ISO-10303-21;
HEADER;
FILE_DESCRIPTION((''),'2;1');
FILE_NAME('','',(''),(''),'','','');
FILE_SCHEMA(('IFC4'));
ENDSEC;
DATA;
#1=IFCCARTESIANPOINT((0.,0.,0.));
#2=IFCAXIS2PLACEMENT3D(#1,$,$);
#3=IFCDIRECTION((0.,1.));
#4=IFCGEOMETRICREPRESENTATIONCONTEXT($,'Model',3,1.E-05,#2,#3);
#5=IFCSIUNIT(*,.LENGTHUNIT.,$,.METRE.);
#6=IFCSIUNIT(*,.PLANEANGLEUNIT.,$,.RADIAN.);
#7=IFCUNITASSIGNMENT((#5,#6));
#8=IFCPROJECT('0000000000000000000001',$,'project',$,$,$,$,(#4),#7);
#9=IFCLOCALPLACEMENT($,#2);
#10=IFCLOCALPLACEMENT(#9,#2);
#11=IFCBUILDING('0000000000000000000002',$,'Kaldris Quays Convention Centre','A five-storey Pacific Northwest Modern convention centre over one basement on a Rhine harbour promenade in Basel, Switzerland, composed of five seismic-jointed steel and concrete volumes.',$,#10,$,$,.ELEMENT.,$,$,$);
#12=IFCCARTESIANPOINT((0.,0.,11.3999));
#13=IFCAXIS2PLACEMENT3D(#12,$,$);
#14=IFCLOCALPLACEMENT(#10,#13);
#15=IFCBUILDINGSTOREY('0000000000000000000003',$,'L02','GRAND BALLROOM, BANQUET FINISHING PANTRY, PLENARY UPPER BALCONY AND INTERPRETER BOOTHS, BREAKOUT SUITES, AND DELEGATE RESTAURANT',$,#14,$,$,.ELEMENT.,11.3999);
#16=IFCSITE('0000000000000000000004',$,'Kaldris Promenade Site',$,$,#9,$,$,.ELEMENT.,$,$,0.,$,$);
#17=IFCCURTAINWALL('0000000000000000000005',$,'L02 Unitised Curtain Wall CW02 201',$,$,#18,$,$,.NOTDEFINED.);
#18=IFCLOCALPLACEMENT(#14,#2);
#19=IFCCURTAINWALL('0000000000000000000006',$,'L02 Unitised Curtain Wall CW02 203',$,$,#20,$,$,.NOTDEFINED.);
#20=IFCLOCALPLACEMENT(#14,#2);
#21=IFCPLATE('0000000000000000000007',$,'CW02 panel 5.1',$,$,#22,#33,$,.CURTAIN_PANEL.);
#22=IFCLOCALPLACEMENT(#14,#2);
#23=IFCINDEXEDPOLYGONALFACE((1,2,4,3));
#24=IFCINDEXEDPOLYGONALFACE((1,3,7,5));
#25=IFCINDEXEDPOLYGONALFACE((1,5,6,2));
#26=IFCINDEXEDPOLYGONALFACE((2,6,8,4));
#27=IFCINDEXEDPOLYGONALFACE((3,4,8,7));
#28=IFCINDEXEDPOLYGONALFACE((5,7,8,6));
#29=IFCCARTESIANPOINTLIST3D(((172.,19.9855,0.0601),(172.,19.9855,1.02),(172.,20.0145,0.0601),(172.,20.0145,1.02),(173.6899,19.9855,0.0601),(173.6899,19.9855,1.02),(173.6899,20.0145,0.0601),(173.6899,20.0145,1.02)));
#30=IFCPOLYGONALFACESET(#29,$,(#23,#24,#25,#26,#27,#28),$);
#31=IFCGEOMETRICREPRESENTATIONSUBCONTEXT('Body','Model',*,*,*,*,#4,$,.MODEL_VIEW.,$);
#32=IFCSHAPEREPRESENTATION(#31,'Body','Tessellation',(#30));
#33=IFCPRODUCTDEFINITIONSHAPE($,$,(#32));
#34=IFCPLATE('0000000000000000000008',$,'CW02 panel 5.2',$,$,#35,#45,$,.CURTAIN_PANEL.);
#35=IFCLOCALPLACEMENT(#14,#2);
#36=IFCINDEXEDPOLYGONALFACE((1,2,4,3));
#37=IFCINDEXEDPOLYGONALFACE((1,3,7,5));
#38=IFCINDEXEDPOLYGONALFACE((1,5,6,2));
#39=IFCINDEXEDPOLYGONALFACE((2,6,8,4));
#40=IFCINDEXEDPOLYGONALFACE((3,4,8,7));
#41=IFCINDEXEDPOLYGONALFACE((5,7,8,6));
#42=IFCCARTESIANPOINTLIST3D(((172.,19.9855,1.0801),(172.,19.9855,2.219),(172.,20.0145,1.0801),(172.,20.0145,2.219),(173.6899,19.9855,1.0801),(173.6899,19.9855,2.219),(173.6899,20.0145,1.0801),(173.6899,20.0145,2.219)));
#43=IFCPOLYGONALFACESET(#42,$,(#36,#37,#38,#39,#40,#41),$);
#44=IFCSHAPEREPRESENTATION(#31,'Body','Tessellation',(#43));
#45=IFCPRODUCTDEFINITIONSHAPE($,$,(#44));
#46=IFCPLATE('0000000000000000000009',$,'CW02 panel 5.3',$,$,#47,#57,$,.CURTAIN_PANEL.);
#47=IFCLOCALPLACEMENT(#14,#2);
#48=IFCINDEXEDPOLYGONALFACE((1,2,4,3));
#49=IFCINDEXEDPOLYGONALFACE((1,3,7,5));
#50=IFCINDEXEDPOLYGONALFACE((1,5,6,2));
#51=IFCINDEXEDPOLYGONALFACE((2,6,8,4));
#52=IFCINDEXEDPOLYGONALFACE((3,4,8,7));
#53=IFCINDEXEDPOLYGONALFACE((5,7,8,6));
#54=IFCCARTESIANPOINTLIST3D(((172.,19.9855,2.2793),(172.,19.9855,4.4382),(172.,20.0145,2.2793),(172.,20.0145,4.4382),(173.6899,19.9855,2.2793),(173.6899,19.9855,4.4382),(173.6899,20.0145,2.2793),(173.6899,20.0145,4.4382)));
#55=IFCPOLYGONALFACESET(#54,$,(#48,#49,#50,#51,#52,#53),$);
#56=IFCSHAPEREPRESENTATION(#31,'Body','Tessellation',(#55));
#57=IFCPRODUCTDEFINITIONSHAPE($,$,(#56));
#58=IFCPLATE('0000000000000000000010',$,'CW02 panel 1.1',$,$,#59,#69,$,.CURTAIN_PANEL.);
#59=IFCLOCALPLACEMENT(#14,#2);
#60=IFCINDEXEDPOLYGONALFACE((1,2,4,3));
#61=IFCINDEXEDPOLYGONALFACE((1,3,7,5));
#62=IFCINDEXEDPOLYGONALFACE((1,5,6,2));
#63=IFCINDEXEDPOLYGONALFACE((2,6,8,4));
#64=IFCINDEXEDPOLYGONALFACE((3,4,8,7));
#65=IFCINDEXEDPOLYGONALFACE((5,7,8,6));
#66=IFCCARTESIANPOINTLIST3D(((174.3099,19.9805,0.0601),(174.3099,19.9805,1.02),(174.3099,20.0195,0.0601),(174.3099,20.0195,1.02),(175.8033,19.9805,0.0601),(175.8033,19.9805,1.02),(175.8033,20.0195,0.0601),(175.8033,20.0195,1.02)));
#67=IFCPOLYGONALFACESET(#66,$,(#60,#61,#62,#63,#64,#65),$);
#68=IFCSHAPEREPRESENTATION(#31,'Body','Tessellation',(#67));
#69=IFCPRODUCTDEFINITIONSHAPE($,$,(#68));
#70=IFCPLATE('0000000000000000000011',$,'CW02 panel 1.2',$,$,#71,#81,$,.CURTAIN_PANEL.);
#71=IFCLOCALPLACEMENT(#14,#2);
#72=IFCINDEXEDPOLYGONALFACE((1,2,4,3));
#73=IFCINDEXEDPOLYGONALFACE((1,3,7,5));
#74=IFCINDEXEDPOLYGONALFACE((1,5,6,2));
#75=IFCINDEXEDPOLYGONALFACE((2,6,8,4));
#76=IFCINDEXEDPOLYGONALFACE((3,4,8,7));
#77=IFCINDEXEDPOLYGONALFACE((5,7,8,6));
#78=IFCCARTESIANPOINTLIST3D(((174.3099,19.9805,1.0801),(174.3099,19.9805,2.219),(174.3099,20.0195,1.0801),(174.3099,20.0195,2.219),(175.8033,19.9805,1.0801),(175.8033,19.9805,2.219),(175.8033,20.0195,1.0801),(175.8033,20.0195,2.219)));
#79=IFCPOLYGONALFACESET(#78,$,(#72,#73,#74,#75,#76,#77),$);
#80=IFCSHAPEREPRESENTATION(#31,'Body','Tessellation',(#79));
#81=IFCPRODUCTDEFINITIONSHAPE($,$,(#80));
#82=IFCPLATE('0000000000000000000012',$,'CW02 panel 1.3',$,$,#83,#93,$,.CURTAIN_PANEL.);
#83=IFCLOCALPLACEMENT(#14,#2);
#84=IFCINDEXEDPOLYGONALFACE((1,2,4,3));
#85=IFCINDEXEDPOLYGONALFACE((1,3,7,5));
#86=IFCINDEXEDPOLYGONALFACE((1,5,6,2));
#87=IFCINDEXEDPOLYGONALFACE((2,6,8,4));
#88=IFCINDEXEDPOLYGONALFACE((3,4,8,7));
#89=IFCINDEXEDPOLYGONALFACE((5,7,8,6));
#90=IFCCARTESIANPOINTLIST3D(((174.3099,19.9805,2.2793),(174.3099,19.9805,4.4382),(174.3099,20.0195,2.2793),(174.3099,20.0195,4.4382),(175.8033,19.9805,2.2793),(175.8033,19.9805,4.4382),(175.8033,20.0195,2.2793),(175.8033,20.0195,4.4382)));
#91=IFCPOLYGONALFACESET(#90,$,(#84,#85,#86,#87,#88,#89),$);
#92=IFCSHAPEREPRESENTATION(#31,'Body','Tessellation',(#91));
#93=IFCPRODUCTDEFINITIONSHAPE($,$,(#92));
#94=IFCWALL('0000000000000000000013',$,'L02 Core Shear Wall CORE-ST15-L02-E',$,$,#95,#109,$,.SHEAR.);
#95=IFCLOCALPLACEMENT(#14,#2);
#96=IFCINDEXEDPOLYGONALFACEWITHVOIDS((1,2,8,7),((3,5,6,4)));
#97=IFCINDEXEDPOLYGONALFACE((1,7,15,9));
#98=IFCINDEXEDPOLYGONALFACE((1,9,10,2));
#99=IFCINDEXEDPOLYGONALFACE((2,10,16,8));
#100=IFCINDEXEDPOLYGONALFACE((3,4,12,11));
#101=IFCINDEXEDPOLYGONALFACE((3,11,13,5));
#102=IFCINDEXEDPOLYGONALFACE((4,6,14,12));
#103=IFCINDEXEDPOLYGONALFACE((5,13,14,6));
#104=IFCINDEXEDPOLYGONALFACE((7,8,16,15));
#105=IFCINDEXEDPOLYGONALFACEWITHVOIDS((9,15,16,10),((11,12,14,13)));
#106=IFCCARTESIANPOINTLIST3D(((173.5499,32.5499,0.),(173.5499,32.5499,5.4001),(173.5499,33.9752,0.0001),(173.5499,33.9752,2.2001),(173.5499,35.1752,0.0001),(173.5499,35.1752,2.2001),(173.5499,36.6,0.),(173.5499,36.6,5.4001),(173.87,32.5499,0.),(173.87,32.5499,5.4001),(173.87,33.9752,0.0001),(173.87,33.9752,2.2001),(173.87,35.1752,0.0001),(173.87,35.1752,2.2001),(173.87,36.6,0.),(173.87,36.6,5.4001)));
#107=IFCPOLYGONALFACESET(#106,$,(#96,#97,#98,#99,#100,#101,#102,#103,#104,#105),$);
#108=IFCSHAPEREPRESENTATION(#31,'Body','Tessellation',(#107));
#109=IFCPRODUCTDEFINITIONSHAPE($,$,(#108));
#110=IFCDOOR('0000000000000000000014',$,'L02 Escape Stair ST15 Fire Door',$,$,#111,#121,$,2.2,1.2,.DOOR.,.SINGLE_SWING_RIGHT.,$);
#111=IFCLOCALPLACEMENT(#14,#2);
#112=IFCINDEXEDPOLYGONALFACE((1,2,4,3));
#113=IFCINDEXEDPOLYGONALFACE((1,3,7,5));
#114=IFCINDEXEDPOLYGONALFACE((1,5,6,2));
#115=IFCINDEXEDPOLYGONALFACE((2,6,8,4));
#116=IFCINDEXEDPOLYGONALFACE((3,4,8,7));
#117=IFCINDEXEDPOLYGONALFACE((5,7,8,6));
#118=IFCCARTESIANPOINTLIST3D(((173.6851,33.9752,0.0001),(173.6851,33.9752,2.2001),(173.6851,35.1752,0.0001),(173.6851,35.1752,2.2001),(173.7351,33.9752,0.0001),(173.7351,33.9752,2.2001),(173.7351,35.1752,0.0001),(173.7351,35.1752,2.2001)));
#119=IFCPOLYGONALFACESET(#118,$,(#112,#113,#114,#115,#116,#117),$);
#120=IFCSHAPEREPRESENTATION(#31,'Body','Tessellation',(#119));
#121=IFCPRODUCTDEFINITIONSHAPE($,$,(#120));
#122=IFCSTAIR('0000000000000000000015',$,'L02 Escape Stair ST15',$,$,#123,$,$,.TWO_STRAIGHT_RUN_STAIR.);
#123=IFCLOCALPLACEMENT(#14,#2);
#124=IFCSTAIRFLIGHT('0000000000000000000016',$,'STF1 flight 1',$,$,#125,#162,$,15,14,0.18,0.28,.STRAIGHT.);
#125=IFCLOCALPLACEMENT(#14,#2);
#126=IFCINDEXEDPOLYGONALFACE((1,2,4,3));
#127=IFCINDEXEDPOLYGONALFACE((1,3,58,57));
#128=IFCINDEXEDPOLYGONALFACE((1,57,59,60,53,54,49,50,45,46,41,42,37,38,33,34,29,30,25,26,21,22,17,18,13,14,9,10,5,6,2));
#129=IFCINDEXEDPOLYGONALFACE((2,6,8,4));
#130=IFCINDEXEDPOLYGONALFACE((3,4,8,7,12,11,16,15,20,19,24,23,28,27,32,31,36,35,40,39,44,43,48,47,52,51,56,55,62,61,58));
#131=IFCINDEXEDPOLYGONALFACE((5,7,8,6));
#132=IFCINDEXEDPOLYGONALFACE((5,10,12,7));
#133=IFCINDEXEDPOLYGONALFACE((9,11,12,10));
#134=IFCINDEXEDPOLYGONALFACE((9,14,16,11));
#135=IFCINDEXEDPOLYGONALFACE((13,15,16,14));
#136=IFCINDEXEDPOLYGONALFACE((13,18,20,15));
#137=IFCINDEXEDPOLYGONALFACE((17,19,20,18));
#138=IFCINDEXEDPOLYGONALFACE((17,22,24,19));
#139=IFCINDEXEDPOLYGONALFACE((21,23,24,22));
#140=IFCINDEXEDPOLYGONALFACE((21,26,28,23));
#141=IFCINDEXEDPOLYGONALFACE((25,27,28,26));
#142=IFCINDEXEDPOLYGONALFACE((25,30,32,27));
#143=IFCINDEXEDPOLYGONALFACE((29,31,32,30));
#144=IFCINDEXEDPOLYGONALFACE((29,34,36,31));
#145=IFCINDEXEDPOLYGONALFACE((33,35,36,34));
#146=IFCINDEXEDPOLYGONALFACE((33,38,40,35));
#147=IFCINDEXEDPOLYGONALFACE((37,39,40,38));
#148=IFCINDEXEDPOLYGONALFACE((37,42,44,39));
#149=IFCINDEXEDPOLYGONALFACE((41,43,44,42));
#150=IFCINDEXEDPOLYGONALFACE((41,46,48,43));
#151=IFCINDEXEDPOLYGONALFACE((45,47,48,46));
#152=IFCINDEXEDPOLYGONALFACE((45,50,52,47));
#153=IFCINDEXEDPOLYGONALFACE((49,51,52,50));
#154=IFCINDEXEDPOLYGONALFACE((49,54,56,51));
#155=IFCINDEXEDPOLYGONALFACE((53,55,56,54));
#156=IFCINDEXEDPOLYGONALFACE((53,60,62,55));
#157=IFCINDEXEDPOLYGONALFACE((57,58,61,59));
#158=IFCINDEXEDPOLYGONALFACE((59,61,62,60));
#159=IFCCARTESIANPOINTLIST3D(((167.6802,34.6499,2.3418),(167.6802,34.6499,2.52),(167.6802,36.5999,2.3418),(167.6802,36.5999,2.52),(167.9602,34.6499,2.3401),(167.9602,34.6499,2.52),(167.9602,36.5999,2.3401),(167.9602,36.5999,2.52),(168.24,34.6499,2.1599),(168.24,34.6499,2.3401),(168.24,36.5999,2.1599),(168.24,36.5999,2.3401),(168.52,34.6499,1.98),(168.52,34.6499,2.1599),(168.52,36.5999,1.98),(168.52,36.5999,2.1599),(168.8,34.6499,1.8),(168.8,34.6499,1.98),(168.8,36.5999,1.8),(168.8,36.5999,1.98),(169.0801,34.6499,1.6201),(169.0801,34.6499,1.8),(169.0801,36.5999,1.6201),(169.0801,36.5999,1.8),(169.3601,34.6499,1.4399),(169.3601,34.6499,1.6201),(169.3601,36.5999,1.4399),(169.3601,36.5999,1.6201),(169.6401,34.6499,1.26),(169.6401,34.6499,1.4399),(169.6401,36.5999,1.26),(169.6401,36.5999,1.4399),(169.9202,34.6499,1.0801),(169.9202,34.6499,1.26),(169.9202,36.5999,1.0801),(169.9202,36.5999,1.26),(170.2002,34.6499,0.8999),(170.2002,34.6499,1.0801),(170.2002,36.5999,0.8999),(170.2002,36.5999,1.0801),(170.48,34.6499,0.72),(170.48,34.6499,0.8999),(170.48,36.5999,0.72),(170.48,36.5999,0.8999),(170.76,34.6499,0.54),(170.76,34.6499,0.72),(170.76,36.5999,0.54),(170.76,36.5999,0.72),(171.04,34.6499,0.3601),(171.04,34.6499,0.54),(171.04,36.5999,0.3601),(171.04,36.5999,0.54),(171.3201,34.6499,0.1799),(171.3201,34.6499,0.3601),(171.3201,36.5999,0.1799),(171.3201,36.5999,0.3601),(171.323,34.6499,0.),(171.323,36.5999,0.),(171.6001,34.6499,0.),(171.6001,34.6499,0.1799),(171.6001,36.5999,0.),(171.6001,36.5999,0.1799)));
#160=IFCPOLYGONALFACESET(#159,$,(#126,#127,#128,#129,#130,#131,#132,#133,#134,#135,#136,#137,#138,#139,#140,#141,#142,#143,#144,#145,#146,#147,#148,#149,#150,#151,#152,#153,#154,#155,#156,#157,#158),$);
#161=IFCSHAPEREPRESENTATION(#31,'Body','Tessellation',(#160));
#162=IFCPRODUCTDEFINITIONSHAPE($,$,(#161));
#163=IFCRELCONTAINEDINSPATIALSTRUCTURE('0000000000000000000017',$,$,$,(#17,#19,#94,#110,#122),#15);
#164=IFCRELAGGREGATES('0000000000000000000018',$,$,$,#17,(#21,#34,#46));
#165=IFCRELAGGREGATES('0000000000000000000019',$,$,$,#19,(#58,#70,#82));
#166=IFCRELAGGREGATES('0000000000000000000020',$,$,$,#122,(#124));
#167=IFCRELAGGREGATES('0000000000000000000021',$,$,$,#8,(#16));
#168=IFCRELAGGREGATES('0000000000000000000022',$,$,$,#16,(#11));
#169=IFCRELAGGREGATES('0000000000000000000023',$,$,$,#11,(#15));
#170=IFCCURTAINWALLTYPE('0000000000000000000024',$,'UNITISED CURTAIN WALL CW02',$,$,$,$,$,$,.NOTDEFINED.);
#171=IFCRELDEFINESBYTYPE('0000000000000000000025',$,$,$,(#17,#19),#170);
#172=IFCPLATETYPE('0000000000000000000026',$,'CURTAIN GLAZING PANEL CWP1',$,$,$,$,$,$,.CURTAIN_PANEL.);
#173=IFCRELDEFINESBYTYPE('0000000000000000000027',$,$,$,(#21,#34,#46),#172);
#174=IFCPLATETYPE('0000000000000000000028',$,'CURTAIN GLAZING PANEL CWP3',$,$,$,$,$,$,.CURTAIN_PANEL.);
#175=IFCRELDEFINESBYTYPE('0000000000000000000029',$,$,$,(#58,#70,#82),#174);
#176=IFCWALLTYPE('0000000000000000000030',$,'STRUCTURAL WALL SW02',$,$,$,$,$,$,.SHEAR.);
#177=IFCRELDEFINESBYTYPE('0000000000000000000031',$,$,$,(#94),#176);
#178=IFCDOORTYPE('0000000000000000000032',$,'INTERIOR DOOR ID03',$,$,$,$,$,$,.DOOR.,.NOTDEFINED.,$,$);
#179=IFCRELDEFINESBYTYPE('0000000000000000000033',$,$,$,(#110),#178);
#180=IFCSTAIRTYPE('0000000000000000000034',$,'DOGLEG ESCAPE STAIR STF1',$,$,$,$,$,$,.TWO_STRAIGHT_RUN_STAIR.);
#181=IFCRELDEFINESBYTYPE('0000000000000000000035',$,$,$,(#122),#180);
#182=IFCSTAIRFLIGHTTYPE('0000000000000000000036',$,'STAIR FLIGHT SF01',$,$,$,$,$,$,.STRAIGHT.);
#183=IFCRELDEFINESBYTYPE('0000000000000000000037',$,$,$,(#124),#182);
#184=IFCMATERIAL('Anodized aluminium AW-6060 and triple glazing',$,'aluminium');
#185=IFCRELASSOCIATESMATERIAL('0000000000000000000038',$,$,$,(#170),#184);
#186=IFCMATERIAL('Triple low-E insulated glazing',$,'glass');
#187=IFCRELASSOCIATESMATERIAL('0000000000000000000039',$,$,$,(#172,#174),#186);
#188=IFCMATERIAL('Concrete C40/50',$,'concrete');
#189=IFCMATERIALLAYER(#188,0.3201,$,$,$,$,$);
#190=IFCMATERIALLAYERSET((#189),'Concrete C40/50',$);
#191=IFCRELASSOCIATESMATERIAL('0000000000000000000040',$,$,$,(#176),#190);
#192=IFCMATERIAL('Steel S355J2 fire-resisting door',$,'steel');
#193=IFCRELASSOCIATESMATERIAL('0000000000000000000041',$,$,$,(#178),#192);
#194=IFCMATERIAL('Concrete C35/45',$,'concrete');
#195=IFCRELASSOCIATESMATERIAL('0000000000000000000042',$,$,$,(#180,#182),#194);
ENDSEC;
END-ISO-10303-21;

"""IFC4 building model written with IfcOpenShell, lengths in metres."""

from ifc_helpers import new_model, si_unit, direction, frame, frame_2d, origin, origin_2d, place, context, subcontext, project, spatial, polyline, rectangle, outline, extrude, material, layer, layer_set, type_object, element, fill, aggregate, save


model = new_model("IFC4")

# Units and contexts
model_context = context("Model", 3, precision=1e-05, world=origin(), true_north=direction((0.0, 1.0)))
body_context = subcontext(model_context, "Body", "Model", "MODEL_VIEW")
ifc_project = project(units=[si_unit("LENGTHUNIT", "METRE"), si_unit("PLANEANGLEUNIT", "RADIAN")], contexts=[model_context])

# Site, building, storey
site_placement = place(None, origin())
site = spatial("IfcSite", under=ifc_project, at=site_placement, Name="Kaldris Promenade Site", CompositionType="ELEMENT", RefElevation=0.0)
building_placement = place(site_placement, origin())
building = spatial("IfcBuilding", under=site, at=building_placement, Name="Kaldris Quays Convention Centre", Description="A five-storey Pacific Northwest Modern convention centre over one basement on a Rhine harbour promenade in Basel, Switzerland, composed of five seismic-jointed steel and concrete volumes.", CompositionType="ELEMENT")
storey_placement = place(building_placement, frame((0.0, 0.0, 11.3999)))
storey = spatial("IfcBuildingStorey", under=building, at=storey_placement, Name="L02", Description="GRAND BALLROOM, BANQUET FINISHING PANTRY, PLENARY UPPER BALCONY AND INTERPRETER BOOTHS, BREAKOUT SUITES, AND DELEGATE RESTAURANT", CompositionType="ELEMENT", Elevation=11.3999)

# Curtain wall
ifc_material_1 = material(Name="Anodized aluminium AW-6060 and triple glazing", Category="aluminium")
curtain_wall_type = type_object("IfcCurtainWallType", Name="UNITISED CURTAIN WALL CW02", PredefinedType="NOTDEFINED", material=ifc_material_1)
curtain_wall_1_placement = place(storey_placement, origin())
curtain_wall_1 = element("IfcCurtainWall", 1, at=curtain_wall_1_placement, inside=storey, type_object=curtain_wall_type, Name="L02 Unitised Curtain Wall CW02 201", PredefinedType="NOTDEFINED")

# Curtain wall
curtain_wall_2_placement = place(storey_placement, origin())
curtain_wall_2 = element("IfcCurtainWall", 2, at=curtain_wall_2_placement, inside=storey, type_object=curtain_wall_type, Name="L02 Unitised Curtain Wall CW02 203", PredefinedType="NOTDEFINED")

# Plates
ifc_material_2 = material(Name="Triple low-E insulated glazing", Category="glass")
plate_type_1 = type_object("IfcPlateType", Name="CURTAIN GLAZING PANEL CWP1", PredefinedType="CURTAIN_PANEL", material=ifc_material_2)
plate_1_placement = place(storey_placement, frame((172.845, 20.0, 0.0601), z_axis=(0.0, 0.0, 1.0), x_axis=(1.0, 0.0, 0.0)))
plate_1 = element("IfcPlate", 3, at=plate_1_placement, type_object=plate_type_1, Name="CW02 panel 5.1", PredefinedType="CURTAIN_PANEL", context=body_context, shape_type="SweptSolid", body=[
    extrude(rectangle(XDim=1.6899, YDim=0.0291, at=origin_2d()), origin(), (0.0, 0.0, 1.0), 0.96),
])
plate_2_placement = place(storey_placement, frame((172.845, 20.0, 1.0801), z_axis=(0.0, 0.0, 1.0), x_axis=(1.0, 0.0, 0.0)))
plate_2 = element("IfcPlate", 4, at=plate_2_placement, type_object=plate_type_1, Name="CW02 panel 5.2", PredefinedType="CURTAIN_PANEL", context=body_context, shape_type="SweptSolid", body=[
    extrude(rectangle(XDim=1.6899, YDim=0.0291, at=origin_2d()), origin(), (0.0, 0.0, 1.0), 1.1389),
])
plate_3_placement = place(storey_placement, frame((172.845, 20.0, 2.2793), z_axis=(0.0, 0.0, 1.0), x_axis=(1.0, 0.0, 0.0)))
plate_3 = element("IfcPlate", 5, at=plate_3_placement, type_object=plate_type_1, Name="CW02 panel 5.3", PredefinedType="CURTAIN_PANEL", context=body_context, shape_type="SweptSolid", body=[
    extrude(rectangle(XDim=1.6899, YDim=0.0291, at=origin_2d()), origin(), (0.0, 0.0, 1.0), 2.1589),
])
aggregate(curtain_wall_1, [plate_1, plate_2, plate_3])
plate_type_2 = type_object("IfcPlateType", Name="CURTAIN GLAZING PANEL CWP3", PredefinedType="CURTAIN_PANEL", material=ifc_material_2)
plate_4_placement = place(storey_placement, frame((175.0566, 20.0, 0.0601), z_axis=(0.0, 0.0, 1.0), x_axis=(1.0, 0.0, 0.0)))
plate_4 = element("IfcPlate", 6, at=plate_4_placement, type_object=plate_type_2, Name="CW02 panel 1.1", PredefinedType="CURTAIN_PANEL", context=body_context, shape_type="SweptSolid", body=[
    extrude(rectangle(XDim=1.4934, YDim=0.0391, at=origin_2d()), origin(), (0.0, 0.0, 1.0), 0.96),
])
plate_5_placement = place(storey_placement, frame((175.0566, 20.0, 1.0801), z_axis=(0.0, 0.0, 1.0), x_axis=(1.0, 0.0, 0.0)))
plate_5 = element("IfcPlate", 7, at=plate_5_placement, type_object=plate_type_2, Name="CW02 panel 1.2", PredefinedType="CURTAIN_PANEL", context=body_context, shape_type="SweptSolid", body=[
    extrude(rectangle(XDim=1.4934, YDim=0.0391, at=origin_2d()), origin(), (0.0, 0.0, 1.0), 1.1389),
])
plate_6_placement = place(storey_placement, frame((175.0566, 20.0, 2.2793), z_axis=(0.0, 0.0, 1.0), x_axis=(1.0, 0.0, 0.0)))
plate_6 = element("IfcPlate", 8, at=plate_6_placement, type_object=plate_type_2, Name="CW02 panel 1.3", PredefinedType="CURTAIN_PANEL", context=body_context, shape_type="SweptSolid", body=[
    extrude(rectangle(XDim=1.4934, YDim=0.0391, at=origin_2d()), origin(), (0.0, 0.0, 1.0), 2.1589),
])
aggregate(curtain_wall_2, [plate_4, plate_5, plate_6])

# Wall, opening, door
ifc_material_3 = material(Name="Concrete C40/50", Category="concrete")
ifc_layer_1 = layer(ifc_material_3, 0.3201)
ifc_layer_set_1 = layer_set([ifc_layer_1], Name="Concrete C40/50")
wall_type_1 = type_object("IfcWallType", Name="STRUCTURAL WALL SW02", PredefinedType="SHEAR", material=ifc_layer_set_1)
wall_1_placement = place(storey_placement, frame((173.71, 32.55, 0.0), z_axis=(0.0, 0.0, 1.0), x_axis=(0.0, 1.0, 0.0)))
wall_1 = element("IfcWall", 9, at=wall_1_placement, inside=storey, type_object=wall_type_1, Name="L02 Core Shear Wall CORE-ST15-L02-E", PredefinedType="SHEAR", context=body_context, shape_type="SweptSolid", body=[
    extrude(rectangle(XDim=4.05, YDim=0.3201, at=frame_2d((2.0249, 0.0))), origin(), (0.0, 0.0, 1.0), 5.4001),
])
opening_1_placement = place(wall_1_placement, frame((1.425, 0.0, 0.0)))
opening_1 = element("IfcOpeningElement", 10, at=opening_1_placement, cuts=wall_1, PredefinedType="OPENING", context=body_context, shape_type="SweptSolid", body=[
    extrude(rectangle(XDim=1.2, YDim=2.2, at=frame_2d((0.6001, 1.1001))), frame((0.0, 0.1699, 0.0), z_axis=(0.0, -1.0, 0.0), x_axis=(1.0, 0.0, 0.0)), (0.0, 0.0, 1.0), 0.3401),
])
ifc_material_4 = material(Name="Steel S355J2 fire-resisting door", Category="steel")
door_type_1 = type_object("IfcDoorType", Name="INTERIOR DOOR ID03", OperationType="NOTDEFINED", PredefinedType="DOOR", material=ifc_material_4)
door_1_placement = place(opening_1_placement, origin())
door_1 = element("IfcDoor", 11, at=door_1_placement, inside=storey, type_object=door_type_1, Name="L02 Escape Stair ST15 Fire Door", OperationType="SINGLE_SWING_RIGHT", OverallHeight=2.2, OverallWidth=1.2, PredefinedType="DOOR", context=body_context, shape_type="SweptSolid", body=[
    extrude(rectangle(XDim=1.2, YDim=2.2, at=frame_2d((0.6001, 1.1001))), frame((0.0, 0.0249, 0.0), z_axis=(0.0, -1.0, 0.0), x_axis=(1.0, 0.0, 0.0)), (0.0, 0.0, 1.0), 0.05),
])
fill(opening_1, door_1)

# Stair, stair flight
ifc_material_5 = material(Name="Concrete C35/45", Category="concrete")
stair_type = type_object("IfcStairType", Name="DOGLEG ESCAPE STAIR STF1", PredefinedType="TWO_STRAIGHT_RUN_STAIR", material=ifc_material_5)
stair_placement = place(storey_placement, origin())
stair = element("IfcStair", 12, at=stair_placement, inside=storey, type_object=stair_type, Name="L02 Escape Stair ST15", PredefinedType="TWO_STRAIGHT_RUN_STAIR")
stair_flight_type = type_object("IfcStairFlightType", Name="STAIR FLIGHT SF01", PredefinedType="STRAIGHT", material=ifc_material_5)
stair_flight_1_placement = place(storey_placement, frame((171.6001, 35.625, 0.0), z_axis=(0.0, 0.0, 1.0), x_axis=(-1.0, 0.0, 0.0)))
stair_flight_1 = element("IfcStairFlight", 13, at=stair_flight_1_placement, type_object=stair_flight_type, Name="STF1 flight 1", NumberOfRisers=15, NumberOfTreads=14, PredefinedType="STRAIGHT", RiserHeight=0.18, TreadLength=0.28, context=body_context, shape_type="SweptSolid", body=[
    extrude(outline(polyline([(0.0, 0.0), (0.0, 0.1799), (0.28, 0.1799), (0.28, 0.3601), (0.5601, 0.3601), (0.5601, 0.54), (0.8401, 0.54), (0.8401, 0.72), (1.1201, 0.72), (1.1201, 0.8999), (1.3999, 0.8999), (1.3999, 1.0801), (1.6799, 1.0801), (1.6799, 1.26), (1.96, 1.26), (1.96, 1.4399), (2.24, 1.4399), (2.24, 1.6201), (2.52, 1.6201), (2.52, 1.8), (2.8, 1.8), (2.8, 1.98), (3.0801, 1.98), (3.0801, 2.1599), (3.3601, 2.1599), (3.3601, 2.3401), (3.6399, 2.3401), (3.6399, 2.52), (3.9199, 2.52), (3.9199, 2.7), (3.9199, 2.3418), (0.2771, 0.0), (0.0, 0.0)])), frame((0.0, 0.9751, 0.0), z_axis=(0.0, -1.0, 0.0), x_axis=(1.0, 0.0, 0.0)), (0.0, 0.0, 1.0), 1.95),
])
aggregate(stair, [stair_flight_1])

save(model, "model.ifc")
